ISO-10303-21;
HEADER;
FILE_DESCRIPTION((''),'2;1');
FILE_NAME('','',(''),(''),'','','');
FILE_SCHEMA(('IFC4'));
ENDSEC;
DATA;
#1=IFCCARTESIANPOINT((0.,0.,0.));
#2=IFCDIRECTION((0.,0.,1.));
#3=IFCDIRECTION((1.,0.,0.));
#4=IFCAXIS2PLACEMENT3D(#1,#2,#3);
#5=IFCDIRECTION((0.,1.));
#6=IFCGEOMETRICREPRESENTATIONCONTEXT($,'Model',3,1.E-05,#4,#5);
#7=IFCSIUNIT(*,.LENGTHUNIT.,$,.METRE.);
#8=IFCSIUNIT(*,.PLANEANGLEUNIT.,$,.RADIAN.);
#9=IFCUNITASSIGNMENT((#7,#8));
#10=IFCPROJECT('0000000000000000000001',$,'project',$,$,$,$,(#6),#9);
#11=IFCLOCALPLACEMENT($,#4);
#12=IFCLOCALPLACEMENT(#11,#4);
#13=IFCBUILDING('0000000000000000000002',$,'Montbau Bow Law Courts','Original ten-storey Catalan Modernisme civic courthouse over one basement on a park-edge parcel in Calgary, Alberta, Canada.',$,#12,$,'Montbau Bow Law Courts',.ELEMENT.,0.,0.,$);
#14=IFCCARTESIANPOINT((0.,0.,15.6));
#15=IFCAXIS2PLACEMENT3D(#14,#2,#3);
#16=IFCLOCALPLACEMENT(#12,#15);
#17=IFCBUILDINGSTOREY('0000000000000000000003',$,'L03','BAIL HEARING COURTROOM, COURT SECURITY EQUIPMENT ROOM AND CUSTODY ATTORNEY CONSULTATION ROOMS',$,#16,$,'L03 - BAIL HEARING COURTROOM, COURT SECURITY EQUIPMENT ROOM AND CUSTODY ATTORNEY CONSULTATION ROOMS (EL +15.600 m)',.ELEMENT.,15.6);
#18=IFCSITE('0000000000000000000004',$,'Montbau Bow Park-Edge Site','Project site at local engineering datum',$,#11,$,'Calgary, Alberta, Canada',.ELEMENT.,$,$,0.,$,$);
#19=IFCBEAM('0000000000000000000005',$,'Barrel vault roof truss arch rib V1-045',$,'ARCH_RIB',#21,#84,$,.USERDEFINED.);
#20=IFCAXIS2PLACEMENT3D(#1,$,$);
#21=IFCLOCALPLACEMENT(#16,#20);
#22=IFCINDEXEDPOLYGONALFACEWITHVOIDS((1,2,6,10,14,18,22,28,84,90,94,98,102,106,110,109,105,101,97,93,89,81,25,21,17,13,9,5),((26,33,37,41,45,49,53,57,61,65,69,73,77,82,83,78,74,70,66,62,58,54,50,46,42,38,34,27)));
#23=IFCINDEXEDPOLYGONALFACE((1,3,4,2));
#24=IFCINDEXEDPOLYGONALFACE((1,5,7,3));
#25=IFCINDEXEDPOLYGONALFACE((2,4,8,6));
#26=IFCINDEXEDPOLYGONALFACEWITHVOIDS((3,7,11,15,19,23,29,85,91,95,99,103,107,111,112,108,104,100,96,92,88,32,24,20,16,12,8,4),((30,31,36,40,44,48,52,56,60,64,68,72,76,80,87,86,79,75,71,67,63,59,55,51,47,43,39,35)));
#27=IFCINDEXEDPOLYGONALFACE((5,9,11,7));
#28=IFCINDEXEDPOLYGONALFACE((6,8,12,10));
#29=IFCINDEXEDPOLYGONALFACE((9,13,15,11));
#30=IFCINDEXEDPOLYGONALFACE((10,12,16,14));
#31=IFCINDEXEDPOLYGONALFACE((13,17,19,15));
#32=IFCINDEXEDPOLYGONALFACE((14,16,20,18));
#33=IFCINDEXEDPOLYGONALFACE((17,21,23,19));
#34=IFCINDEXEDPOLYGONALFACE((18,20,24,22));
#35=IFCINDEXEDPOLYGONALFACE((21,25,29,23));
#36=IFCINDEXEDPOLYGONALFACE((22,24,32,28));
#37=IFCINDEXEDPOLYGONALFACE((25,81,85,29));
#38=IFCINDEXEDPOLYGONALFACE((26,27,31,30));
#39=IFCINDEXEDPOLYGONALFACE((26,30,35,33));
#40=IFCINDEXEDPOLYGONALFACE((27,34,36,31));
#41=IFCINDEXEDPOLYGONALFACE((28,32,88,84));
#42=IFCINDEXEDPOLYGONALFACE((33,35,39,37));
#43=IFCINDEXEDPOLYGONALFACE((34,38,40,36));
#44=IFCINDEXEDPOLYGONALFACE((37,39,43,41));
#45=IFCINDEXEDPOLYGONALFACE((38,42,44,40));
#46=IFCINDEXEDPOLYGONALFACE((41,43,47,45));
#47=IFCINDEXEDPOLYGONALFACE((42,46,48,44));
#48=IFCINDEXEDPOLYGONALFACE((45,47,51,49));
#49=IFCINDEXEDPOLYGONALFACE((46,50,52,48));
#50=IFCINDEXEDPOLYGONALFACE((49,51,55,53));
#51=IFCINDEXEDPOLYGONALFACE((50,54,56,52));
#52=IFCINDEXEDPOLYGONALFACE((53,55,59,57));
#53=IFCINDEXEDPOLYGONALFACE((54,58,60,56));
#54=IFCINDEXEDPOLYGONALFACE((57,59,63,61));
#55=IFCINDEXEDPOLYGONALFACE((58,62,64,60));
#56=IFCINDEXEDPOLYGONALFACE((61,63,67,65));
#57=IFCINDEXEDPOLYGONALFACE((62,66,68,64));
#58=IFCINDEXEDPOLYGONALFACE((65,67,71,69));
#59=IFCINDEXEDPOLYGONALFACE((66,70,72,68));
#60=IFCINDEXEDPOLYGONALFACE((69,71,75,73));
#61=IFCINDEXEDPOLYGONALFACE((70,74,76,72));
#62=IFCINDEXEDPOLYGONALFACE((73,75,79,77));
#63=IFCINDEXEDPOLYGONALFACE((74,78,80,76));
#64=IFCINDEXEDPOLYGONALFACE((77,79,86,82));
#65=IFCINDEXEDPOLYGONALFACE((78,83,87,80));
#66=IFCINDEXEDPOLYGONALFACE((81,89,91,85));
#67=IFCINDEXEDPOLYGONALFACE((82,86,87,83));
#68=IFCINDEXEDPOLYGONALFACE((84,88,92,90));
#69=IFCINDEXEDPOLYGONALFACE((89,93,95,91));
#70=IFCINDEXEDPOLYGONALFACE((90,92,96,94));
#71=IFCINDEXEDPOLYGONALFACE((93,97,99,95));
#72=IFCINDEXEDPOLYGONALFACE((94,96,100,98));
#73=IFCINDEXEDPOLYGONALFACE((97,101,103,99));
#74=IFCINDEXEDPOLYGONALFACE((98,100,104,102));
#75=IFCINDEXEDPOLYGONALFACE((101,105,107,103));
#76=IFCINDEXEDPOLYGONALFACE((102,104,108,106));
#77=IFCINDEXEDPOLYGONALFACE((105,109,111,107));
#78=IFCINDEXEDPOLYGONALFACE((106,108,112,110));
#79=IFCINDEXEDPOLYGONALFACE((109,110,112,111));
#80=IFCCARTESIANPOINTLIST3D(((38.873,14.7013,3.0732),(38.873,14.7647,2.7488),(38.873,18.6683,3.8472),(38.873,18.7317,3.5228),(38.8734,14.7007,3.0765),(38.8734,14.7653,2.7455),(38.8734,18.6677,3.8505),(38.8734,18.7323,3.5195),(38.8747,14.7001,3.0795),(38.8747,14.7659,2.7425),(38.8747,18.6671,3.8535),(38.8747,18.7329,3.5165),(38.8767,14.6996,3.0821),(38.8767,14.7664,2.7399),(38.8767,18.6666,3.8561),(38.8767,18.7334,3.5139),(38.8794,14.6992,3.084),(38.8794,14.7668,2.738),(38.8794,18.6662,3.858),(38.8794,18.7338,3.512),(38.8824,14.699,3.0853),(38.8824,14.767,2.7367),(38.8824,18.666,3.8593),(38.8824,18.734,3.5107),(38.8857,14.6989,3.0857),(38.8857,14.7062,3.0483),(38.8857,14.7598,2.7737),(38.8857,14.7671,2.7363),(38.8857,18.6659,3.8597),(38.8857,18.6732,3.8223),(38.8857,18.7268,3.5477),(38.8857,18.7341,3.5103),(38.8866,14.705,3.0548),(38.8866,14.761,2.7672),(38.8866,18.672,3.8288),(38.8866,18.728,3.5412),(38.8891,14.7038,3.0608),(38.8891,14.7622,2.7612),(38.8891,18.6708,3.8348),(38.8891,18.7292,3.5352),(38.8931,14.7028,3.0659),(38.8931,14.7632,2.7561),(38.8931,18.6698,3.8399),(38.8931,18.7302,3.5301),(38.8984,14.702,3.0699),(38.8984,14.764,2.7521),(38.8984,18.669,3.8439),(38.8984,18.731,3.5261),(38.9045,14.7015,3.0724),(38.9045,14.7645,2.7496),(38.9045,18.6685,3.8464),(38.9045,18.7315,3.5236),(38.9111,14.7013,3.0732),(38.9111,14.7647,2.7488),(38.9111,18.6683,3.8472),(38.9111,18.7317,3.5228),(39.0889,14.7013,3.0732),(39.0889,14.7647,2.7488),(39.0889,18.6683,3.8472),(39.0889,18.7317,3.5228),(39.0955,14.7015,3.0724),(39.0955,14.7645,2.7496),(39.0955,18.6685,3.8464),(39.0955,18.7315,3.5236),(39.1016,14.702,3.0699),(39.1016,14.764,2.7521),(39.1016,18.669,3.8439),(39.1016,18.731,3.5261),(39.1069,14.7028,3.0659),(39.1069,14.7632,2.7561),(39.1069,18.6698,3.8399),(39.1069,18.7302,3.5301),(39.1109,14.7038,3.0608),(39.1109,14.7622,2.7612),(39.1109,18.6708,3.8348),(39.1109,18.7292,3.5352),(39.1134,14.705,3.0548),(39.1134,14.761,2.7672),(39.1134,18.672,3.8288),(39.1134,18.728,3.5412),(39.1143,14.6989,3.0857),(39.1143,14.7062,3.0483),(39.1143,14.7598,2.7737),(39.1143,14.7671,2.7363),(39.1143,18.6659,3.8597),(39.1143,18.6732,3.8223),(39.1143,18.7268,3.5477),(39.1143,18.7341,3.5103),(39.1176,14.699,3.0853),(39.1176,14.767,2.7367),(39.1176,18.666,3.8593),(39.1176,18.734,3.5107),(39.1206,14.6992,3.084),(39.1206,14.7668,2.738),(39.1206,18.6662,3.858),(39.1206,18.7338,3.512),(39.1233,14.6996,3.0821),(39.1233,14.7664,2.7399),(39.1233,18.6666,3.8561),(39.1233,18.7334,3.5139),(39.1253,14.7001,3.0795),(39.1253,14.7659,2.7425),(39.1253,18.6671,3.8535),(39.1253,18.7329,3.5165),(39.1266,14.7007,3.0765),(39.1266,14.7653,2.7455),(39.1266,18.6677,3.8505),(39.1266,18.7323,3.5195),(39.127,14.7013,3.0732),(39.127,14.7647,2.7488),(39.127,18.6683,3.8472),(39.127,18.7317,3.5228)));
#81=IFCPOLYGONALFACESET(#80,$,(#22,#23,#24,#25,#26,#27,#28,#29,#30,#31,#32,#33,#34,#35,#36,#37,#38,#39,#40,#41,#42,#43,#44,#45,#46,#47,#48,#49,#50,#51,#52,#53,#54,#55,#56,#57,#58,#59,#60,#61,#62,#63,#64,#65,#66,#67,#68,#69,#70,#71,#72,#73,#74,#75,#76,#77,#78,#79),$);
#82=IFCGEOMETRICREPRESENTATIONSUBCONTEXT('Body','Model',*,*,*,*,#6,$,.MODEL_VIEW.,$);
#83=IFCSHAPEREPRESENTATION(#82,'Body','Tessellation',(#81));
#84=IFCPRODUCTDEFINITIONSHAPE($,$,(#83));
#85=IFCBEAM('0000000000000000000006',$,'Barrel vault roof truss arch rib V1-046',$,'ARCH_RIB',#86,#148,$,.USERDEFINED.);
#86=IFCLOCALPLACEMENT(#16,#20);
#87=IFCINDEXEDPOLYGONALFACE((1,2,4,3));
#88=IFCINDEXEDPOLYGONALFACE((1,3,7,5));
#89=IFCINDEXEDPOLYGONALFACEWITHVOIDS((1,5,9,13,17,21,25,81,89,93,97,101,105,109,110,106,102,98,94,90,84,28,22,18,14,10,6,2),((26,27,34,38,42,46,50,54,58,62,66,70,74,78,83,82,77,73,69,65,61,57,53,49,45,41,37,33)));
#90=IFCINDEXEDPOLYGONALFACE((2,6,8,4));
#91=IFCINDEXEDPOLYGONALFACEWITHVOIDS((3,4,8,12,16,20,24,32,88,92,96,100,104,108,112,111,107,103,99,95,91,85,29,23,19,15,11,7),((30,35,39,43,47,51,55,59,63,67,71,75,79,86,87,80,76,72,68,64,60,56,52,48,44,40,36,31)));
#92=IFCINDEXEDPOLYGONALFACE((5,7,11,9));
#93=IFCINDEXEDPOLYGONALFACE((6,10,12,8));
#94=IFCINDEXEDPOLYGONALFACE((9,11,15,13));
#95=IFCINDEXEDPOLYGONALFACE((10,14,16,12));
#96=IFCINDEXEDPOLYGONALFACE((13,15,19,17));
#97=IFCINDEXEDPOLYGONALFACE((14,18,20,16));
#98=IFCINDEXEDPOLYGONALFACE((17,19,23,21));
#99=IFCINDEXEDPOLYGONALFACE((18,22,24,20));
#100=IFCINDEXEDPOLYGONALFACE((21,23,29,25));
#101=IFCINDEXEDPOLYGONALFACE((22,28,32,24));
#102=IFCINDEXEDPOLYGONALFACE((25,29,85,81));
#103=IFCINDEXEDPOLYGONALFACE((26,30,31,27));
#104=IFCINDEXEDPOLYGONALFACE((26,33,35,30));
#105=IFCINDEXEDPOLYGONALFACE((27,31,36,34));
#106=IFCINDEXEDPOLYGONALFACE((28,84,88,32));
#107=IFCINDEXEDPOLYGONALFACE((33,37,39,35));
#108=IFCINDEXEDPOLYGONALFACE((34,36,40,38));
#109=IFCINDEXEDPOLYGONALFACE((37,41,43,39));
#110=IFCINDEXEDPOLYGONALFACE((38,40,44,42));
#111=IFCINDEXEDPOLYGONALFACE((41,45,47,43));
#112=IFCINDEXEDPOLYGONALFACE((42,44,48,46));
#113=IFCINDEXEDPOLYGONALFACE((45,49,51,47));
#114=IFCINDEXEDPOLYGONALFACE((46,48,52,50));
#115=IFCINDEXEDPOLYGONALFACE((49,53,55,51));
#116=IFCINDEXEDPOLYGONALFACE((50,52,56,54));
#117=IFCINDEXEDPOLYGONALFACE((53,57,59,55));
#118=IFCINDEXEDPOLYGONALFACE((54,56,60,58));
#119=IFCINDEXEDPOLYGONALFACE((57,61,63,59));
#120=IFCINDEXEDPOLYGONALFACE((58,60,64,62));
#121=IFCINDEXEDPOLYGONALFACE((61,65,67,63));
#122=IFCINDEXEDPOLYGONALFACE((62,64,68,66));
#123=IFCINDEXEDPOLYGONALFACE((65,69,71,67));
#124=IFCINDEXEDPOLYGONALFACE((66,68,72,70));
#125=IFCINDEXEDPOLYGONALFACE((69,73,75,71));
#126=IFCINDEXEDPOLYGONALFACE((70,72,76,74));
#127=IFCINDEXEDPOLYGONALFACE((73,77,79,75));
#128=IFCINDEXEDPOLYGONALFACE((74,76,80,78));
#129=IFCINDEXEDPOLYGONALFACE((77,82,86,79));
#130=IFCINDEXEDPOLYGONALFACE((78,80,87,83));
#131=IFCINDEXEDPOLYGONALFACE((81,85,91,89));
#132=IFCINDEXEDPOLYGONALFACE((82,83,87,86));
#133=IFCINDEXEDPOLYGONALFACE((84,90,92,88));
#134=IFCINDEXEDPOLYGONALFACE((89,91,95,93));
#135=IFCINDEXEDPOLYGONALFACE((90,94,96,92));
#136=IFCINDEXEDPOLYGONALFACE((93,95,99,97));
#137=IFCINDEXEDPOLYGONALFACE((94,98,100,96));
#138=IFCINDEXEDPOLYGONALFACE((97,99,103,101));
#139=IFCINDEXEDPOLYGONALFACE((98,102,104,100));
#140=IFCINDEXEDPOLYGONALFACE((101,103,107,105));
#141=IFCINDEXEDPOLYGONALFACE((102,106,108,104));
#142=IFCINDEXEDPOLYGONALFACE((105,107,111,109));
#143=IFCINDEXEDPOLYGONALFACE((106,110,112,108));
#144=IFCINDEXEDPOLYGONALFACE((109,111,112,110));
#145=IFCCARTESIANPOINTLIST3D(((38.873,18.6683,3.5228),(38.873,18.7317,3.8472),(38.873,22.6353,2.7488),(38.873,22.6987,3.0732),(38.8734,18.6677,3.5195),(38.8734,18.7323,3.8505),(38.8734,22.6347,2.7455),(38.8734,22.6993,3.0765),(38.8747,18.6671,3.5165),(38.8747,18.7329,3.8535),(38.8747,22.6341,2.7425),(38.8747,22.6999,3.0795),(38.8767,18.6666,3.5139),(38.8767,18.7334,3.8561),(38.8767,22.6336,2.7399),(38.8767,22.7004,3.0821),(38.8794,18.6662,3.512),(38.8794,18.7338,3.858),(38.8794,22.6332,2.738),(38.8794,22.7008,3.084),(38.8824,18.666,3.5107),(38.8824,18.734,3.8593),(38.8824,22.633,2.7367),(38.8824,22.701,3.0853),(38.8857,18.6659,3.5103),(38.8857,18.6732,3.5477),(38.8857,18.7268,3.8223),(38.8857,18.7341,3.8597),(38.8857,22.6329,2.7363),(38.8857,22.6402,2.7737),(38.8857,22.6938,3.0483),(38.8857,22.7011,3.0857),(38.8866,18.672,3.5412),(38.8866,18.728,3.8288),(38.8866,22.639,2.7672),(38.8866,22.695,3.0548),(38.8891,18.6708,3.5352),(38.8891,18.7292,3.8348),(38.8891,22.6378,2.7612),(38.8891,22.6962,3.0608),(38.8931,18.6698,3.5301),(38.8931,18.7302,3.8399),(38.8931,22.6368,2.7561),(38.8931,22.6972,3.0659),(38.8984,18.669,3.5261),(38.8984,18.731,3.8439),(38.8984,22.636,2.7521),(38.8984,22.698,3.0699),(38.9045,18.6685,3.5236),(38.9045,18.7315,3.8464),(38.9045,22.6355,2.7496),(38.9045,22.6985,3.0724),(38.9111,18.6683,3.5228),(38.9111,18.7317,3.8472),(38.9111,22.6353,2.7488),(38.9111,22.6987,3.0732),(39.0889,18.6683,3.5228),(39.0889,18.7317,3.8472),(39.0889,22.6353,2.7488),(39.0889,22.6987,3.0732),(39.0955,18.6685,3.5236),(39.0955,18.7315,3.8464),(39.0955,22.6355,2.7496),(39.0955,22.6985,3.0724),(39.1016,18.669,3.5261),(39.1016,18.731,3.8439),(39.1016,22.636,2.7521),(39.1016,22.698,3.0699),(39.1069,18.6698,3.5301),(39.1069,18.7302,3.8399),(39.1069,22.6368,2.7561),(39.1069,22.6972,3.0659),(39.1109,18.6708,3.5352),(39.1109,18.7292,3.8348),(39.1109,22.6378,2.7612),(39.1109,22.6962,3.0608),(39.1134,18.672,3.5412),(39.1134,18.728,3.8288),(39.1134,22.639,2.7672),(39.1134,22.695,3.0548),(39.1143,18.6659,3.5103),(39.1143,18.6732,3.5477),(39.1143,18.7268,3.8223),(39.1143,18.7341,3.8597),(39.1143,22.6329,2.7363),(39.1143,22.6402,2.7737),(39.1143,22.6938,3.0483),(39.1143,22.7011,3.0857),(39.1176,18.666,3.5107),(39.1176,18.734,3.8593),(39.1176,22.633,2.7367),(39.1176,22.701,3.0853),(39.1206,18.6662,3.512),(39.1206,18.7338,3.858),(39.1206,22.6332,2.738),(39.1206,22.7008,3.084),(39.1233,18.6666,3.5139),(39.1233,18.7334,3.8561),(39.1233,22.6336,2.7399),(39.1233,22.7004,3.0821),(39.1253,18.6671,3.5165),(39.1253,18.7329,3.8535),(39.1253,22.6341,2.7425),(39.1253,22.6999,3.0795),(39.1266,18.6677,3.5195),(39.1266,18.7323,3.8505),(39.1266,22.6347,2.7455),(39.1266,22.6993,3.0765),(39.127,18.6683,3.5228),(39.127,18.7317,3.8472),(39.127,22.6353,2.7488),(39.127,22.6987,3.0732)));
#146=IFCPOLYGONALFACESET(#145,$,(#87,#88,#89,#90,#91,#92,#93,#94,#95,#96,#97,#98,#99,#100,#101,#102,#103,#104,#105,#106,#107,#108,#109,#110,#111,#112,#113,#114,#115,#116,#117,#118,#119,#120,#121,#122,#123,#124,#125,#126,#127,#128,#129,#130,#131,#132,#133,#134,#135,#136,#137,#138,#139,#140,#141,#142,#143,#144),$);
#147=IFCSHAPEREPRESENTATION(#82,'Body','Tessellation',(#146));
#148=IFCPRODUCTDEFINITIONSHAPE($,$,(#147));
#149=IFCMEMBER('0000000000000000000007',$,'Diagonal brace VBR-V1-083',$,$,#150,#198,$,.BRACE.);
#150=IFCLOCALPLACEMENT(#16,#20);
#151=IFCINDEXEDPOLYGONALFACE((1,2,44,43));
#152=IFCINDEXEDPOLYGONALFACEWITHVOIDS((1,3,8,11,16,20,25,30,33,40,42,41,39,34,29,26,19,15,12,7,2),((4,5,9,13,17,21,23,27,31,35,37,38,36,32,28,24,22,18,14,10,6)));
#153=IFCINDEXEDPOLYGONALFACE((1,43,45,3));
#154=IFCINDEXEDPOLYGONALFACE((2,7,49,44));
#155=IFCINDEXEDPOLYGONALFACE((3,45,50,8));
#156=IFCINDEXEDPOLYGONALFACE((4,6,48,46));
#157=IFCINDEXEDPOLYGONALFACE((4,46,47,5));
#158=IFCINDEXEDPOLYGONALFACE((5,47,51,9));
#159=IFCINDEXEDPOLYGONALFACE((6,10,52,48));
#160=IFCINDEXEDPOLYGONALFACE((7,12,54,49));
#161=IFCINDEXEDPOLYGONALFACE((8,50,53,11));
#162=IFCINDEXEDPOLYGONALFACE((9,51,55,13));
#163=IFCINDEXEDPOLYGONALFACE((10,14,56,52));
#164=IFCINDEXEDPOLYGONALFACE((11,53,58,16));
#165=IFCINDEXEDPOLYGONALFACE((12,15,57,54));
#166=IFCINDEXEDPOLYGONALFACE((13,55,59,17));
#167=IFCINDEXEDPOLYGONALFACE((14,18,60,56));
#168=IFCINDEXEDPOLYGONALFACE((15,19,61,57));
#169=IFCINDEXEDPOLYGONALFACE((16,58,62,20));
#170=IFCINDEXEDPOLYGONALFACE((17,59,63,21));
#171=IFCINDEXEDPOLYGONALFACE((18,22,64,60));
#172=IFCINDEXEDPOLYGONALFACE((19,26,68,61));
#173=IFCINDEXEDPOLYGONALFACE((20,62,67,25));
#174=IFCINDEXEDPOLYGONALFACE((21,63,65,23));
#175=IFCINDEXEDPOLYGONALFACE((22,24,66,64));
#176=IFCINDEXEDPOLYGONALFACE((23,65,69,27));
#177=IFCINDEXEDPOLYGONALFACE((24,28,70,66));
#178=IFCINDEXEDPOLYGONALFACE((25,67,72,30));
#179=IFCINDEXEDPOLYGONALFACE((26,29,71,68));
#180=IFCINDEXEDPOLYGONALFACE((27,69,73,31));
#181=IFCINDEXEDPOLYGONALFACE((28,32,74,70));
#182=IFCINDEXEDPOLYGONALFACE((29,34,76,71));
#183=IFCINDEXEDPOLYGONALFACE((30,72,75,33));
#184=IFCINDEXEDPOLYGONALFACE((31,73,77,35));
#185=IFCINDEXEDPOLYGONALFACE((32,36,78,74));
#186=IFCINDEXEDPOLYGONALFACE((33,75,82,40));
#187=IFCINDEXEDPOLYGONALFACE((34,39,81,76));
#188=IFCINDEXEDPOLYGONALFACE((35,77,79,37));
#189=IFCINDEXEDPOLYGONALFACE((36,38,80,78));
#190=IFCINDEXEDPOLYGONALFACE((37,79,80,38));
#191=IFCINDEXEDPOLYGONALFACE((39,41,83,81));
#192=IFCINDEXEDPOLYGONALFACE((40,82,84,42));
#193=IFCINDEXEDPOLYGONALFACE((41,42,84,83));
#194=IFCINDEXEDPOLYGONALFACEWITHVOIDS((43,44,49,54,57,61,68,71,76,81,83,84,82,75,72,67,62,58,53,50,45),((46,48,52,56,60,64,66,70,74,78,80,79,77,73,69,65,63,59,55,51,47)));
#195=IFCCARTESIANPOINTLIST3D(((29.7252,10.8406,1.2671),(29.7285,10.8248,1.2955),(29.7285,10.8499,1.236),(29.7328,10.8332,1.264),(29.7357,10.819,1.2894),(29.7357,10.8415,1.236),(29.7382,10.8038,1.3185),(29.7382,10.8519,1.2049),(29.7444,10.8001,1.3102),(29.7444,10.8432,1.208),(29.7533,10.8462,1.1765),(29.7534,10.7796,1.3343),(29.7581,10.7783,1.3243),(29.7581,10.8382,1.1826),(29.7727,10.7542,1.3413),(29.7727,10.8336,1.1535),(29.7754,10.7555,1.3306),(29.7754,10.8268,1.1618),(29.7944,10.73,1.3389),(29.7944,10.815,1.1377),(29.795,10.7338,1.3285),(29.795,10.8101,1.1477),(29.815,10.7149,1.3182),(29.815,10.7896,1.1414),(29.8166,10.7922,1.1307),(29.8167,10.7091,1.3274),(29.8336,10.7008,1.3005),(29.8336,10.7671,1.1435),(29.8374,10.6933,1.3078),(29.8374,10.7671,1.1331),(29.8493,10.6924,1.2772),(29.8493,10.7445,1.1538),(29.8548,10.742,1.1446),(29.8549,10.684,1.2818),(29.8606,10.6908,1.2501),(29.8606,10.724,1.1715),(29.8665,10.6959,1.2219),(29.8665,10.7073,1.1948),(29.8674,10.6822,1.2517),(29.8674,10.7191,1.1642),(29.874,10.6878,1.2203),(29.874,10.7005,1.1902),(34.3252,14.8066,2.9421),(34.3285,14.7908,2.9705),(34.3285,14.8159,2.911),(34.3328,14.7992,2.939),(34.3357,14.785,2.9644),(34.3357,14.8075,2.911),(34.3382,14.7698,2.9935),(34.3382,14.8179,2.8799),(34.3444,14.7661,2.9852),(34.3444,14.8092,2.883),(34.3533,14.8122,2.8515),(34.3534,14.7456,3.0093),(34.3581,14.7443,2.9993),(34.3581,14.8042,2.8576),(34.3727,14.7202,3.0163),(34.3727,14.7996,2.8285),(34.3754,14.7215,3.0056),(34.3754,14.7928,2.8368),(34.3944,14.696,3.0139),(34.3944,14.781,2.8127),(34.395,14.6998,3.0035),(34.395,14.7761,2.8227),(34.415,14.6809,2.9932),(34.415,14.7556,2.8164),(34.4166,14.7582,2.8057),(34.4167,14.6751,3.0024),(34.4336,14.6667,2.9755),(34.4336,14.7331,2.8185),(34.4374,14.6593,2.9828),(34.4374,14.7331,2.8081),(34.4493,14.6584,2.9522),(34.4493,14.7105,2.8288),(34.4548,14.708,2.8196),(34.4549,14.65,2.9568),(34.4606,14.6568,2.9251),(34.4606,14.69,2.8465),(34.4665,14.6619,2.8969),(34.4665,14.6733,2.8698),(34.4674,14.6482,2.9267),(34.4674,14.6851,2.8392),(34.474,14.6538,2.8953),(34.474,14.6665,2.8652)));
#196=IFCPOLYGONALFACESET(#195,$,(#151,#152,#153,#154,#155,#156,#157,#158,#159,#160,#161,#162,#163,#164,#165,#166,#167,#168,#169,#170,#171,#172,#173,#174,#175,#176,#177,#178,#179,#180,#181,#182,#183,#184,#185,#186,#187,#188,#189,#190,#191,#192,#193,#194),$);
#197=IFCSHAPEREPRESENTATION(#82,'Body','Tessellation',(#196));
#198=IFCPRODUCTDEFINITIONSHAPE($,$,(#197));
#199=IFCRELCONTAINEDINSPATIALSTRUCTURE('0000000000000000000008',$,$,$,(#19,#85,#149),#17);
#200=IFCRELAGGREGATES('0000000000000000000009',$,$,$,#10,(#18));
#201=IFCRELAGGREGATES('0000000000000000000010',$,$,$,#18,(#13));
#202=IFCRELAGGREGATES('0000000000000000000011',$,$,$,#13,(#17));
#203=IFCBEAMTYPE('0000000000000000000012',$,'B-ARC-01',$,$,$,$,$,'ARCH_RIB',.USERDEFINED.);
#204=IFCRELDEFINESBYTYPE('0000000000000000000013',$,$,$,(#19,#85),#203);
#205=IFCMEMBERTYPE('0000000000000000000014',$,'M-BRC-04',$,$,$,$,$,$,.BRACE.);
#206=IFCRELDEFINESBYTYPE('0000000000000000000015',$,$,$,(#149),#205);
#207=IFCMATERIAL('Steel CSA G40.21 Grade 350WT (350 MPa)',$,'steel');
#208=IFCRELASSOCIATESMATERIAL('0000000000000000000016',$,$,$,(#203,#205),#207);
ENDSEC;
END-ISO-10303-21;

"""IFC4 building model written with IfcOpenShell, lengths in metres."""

from ifc_helpers import new_model, si_unit, direction, frame, origin_with_axes, origin_2d_with_axis, place, context, subcontext, project, spatial, hollow_rectangle, hollow_circle, extrude, material, material_profile, profile_set, type_object, element, save


model = new_model("IFC4")

# Units and contexts
model_context = context("Model", 3, precision=1e-05, world=origin_with_axes(), true_north=direction((0.0, 1.0)))
body_context = subcontext(model_context, "Body", "Model", "MODEL_VIEW")
ifc_project = project(units=[si_unit("LENGTHUNIT", "METRE"), si_unit("PLANEANGLEUNIT", "RADIAN")], contexts=[model_context])

# Site, building, storey
site_placement = place(None, origin_with_axes())
site = spatial("IfcSite", under=ifc_project, at=site_placement, Name="Montbau Bow Park-Edge Site", Description="Project site at local engineering datum", LongName="Calgary, Alberta, Canada", CompositionType="ELEMENT", RefElevation=0.0)
building_placement = place(site_placement, origin_with_axes())
building = spatial("IfcBuilding", under=site, at=building_placement, Name="Montbau Bow Law Courts", Description="Original ten-storey Catalan Modernisme civic courthouse over one basement on a park-edge parcel in Calgary, Alberta, Canada.", LongName="Montbau Bow Law Courts", CompositionType="ELEMENT", ElevationOfRefHeight=0.0, ElevationOfTerrain=0.0)
storey_placement = place(building_placement, frame((0.0, 0.0, 15.6), z_axis=(0.0, 0.0, 1.0), x_axis=(1.0, 0.0, 0.0)))
storey = spatial("IfcBuildingStorey", under=building, at=storey_placement, Name="L03", Description="BAIL HEARING COURTROOM, COURT SECURITY EQUIPMENT ROOM AND CUSTODY ATTORNEY CONSULTATION ROOMS", LongName="L03 - BAIL HEARING COURTROOM, COURT SECURITY EQUIPMENT ROOM AND CUSTODY ATTORNEY CONSULTATION ROOMS (EL +15.600 m)", CompositionType="ELEMENT", Elevation=15.6)

# Beams
ifc_material_1 = material(Name="Steel CSA G40.21 Grade 350WT (350 MPa)", Category="steel")
ifc_material_profile_1 = material_profile(ifc_material_1, hollow_rectangle(XDim=0.254, YDim=0.356, WallThickness=0.0127, InnerFilletRadius=0.0254, OuterFilletRadius=0.0127, at=origin_2d_with_axis()), Name="HSS356X254X13", Category="Main", Priority=0)
ifc_profile_set_1 = profile_set([ifc_material_profile_1], Name="Steel CSA G40.21 Grade 350WT (350 MPa)")
beam_type = type_object("IfcBeamType", Name="B-ARC-01", ElementType="ARCH_RIB", PredefinedType="USERDEFINED", material=ifc_profile_set_1)
for number, where, z_axis, x_axis, name in (
    (1, (39.0, 14.733, 18.511), (0.0, 0.981493, 0.191499), (-1.0, 0.0, 0.0), "Barrel vault roof truss arch rib V1-045"),
    (2, (39.0, 18.7, 19.285), (0.0, 0.981493, -0.191499), (-1.0, 0.0, 0.0), "Barrel vault roof truss arch rib V1-046"),
):
    element("IfcBeam", number, at=place(None, frame(where, z_axis=z_axis, x_axis=x_axis)), inside=storey, type_object=beam_type, Name=name, ObjectType="ARCH_RIB", PredefinedType="USERDEFINED", context=body_context, shape_type="SweptSolid", body=[
        extrude(hollow_rectangle(XDim=0.254, YDim=0.356, WallThickness=0.0127, InnerFilletRadius=0.0254, OuterFilletRadius=0.0127, at=origin_2d_with_axis()), origin_with_axes(), (0.0, 0.0, 1.0), 4.0418),
    ])

# Member
ifc_material_profile_2 = material_profile(ifc_material_1, hollow_circle(Radius=0.1095, WallThickness=0.0111, at=origin_2d_with_axis()), Name="HSS219X11", Category="Main", Priority=0)
ifc_profile_set_2 = profile_set([ifc_material_profile_2], Name="Steel CSA G40.21 Grade 350WT (350 MPa)")
member_type_1 = type_object("IfcMemberType", Name="M-BRC-04", PredefinedType="BRACE", material=ifc_profile_set_2)
for number, where, z_axis, x_axis, name in (
    (3, (29.8, 10.767, 16.836), (0.730115, 0.629486, 0.265857), (-0.652985, 0.757371, 0.0), "Diagonal brace VBR-V1-083"),
):
    element("IfcMember", number, at=place(None, frame(where, z_axis=z_axis, x_axis=x_axis)), inside=storey, type_object=member_type_1, Name=name, PredefinedType="BRACE", context=body_context, shape_type="SweptSolid", body=[
        extrude(hollow_circle(Radius=0.1095, WallThickness=0.0111, at=origin_2d_with_axis()), origin_with_axes(), (0.0, 0.0, 1.0), 6.3004),
    ])

save(model, "model.ifc")
